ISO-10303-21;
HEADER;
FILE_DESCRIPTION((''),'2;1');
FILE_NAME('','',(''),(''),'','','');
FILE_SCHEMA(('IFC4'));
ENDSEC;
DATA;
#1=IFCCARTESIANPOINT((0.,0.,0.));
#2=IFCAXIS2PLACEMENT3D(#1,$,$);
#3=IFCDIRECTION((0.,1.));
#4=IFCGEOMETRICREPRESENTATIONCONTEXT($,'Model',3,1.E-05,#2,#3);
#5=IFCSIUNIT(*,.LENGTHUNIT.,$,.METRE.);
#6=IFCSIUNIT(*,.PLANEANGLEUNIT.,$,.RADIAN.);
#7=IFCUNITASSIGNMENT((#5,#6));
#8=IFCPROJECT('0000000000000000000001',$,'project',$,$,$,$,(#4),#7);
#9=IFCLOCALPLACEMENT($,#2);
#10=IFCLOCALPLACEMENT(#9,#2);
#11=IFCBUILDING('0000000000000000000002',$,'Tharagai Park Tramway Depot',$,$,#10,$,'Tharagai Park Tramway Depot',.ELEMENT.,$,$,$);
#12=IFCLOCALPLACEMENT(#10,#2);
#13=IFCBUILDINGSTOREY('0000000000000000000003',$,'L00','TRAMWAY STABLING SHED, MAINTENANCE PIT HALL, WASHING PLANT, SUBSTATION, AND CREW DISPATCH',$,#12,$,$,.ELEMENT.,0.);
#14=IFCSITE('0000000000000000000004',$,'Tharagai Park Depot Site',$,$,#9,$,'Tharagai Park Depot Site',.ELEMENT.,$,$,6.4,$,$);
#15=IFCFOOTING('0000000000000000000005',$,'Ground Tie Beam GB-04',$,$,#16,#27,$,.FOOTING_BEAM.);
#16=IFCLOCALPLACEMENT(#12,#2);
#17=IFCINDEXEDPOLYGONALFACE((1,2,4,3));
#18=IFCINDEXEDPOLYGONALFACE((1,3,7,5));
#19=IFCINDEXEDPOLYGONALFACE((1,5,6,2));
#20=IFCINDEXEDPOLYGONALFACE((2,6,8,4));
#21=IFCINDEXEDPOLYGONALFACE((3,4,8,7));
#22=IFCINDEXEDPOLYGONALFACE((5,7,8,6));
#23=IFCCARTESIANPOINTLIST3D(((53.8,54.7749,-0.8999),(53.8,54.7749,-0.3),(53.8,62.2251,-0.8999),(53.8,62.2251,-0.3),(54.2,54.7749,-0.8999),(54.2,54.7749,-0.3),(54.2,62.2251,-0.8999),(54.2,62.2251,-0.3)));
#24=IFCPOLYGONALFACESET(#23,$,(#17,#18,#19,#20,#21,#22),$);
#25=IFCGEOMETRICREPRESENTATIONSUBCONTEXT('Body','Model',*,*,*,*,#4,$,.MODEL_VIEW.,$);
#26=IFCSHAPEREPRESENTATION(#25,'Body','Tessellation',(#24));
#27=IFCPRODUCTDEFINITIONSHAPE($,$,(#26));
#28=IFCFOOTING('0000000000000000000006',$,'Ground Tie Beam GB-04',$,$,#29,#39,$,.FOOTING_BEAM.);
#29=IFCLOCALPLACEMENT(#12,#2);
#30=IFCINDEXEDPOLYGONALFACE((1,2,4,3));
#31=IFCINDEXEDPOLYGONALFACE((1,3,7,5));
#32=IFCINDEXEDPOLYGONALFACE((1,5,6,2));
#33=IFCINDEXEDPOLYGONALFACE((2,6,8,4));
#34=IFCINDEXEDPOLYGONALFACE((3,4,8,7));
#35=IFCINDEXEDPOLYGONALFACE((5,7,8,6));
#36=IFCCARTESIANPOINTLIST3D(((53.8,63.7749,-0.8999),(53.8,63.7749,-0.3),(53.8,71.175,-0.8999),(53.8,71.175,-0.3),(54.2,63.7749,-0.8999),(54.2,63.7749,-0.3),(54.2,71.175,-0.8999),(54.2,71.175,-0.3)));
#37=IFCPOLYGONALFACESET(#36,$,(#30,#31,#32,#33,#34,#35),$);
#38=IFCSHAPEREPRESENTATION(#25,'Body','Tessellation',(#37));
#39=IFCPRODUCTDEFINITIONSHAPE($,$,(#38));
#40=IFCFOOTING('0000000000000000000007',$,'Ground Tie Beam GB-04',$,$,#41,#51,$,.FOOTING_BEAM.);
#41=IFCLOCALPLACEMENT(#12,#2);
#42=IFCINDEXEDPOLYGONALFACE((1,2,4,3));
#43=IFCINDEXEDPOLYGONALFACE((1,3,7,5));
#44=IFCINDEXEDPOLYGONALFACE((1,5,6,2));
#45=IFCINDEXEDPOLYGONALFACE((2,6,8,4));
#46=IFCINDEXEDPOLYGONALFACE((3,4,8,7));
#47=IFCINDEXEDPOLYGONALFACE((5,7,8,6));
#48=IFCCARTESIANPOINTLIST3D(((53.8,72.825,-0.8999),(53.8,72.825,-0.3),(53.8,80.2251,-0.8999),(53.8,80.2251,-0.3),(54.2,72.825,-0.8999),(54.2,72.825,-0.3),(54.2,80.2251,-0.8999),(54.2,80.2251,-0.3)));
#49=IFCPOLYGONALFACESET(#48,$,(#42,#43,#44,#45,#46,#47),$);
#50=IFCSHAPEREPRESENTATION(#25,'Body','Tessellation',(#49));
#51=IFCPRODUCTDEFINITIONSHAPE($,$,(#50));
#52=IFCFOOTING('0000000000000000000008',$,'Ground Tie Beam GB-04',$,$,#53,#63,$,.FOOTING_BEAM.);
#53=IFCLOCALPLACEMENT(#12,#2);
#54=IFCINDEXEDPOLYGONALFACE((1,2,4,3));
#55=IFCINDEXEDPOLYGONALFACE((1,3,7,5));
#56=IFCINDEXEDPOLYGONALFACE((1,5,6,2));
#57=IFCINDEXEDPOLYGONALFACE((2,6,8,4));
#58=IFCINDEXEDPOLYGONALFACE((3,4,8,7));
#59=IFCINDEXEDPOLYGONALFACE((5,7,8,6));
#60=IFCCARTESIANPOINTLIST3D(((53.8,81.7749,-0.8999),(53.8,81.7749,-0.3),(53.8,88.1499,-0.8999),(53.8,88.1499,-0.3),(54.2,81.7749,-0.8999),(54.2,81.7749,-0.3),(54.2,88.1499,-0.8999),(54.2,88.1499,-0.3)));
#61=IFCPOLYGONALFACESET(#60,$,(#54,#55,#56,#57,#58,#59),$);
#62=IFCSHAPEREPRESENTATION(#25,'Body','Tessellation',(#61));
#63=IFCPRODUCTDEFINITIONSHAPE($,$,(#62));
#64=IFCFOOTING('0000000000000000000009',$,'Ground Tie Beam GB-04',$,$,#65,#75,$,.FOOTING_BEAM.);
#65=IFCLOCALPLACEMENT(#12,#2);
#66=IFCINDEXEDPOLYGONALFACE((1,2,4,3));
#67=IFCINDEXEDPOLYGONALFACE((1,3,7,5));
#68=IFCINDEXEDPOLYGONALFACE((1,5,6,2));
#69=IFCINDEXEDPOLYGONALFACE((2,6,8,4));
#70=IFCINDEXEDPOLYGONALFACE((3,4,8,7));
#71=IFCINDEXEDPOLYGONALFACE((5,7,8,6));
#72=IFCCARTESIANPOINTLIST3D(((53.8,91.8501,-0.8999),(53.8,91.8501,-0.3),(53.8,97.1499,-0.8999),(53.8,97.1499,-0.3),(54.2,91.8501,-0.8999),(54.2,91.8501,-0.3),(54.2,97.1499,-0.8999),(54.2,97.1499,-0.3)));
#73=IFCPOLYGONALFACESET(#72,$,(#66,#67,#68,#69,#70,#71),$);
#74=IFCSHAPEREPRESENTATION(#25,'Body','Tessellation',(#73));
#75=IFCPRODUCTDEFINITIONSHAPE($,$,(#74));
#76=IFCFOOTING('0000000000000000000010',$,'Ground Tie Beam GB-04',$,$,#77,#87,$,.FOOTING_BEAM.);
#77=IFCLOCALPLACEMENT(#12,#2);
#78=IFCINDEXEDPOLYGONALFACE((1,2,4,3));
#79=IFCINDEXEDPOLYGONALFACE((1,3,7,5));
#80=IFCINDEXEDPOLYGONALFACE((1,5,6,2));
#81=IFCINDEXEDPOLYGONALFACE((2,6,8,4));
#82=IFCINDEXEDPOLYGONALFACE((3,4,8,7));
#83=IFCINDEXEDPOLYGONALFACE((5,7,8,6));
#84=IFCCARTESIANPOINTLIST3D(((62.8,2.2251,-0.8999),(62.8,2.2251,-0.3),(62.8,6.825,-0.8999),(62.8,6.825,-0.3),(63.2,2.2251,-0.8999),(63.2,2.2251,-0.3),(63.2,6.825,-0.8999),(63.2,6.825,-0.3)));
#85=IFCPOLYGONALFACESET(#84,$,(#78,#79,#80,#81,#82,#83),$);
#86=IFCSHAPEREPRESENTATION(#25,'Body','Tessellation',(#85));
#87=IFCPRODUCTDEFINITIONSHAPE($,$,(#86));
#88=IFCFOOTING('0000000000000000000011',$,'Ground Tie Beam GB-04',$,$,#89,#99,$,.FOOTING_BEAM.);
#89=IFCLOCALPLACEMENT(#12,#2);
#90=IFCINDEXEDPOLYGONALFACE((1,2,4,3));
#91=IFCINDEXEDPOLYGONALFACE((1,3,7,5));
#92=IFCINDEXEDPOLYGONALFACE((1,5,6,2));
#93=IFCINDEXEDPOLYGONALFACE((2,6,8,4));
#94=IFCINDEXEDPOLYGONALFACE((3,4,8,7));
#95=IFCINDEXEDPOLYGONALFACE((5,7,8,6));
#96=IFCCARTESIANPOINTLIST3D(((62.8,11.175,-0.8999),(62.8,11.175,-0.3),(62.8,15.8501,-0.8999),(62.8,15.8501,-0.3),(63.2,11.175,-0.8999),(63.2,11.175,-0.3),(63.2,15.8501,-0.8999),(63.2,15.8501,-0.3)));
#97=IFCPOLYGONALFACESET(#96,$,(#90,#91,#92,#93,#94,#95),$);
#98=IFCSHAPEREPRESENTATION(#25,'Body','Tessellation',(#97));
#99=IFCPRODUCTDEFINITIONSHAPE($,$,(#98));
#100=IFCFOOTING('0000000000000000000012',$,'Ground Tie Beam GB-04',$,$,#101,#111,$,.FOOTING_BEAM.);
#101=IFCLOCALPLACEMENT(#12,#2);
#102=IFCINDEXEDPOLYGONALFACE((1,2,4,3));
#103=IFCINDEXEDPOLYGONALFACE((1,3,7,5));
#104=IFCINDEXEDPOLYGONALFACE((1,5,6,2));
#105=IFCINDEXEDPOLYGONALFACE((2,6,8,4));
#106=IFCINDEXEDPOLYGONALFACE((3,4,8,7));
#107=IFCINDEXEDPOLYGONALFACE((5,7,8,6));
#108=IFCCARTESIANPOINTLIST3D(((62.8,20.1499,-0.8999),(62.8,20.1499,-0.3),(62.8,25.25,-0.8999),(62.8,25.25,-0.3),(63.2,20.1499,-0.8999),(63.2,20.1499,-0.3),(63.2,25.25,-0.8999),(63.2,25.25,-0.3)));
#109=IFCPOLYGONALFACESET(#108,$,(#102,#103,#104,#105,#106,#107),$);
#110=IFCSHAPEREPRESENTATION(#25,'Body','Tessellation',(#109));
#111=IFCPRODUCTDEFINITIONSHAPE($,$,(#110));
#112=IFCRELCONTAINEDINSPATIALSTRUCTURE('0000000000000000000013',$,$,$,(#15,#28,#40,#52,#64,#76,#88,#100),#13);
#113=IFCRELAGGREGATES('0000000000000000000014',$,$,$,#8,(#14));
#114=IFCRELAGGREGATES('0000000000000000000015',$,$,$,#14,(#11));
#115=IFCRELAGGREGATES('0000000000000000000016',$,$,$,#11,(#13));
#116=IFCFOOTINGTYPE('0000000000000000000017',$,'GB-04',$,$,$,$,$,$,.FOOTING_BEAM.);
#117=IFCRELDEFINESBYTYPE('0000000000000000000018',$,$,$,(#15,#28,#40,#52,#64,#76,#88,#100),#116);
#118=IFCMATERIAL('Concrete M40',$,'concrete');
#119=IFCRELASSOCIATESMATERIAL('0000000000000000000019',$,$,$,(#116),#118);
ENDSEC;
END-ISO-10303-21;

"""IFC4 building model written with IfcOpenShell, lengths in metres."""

from ifc_helpers import new_model, si_unit, direction, frame, origin, place, context, subcontext, project, spatial, polyline, outline, extrude, material, type_object, element, save


model = new_model("IFC4")

# Units and contexts
model_context = context("Model", 3, precision=1e-05, world=origin(), true_north=direction((0.0, 1.0)))
body_context = subcontext(model_context, "Body", "Model", "MODEL_VIEW")
ifc_project = project(units=[si_unit("LENGTHUNIT", "METRE"), si_unit("PLANEANGLEUNIT", "RADIAN")], contexts=[model_context])

# Site, building, storey
site_placement = place(None, origin())
site = spatial("IfcSite", under=ifc_project, at=site_placement, Name="Tharagai Park Depot Site", LongName="Tharagai Park Depot Site", CompositionType="ELEMENT", RefElevation=6.4)
building_placement = place(site_placement, origin())
building = spatial("IfcBuilding", under=site, at=building_placement, Name="Tharagai Park Tramway Depot", LongName="Tharagai Park Tramway Depot", CompositionType="ELEMENT")
storey_placement = place(building_placement, origin())
storey = spatial("IfcBuildingStorey", under=building, at=storey_placement, Name="L00", Description="TRAMWAY STABLING SHED, MAINTENANCE PIT HALL, WASHING PLANT, SUBSTATION, AND CREW DISPATCH", CompositionType="ELEMENT", Elevation=0.0)

# Footings
ifc_material = material(Name="Concrete M40", Category="concrete")
footing_type = type_object("IfcFootingType", Name="GB-04", PredefinedType="FOOTING_BEAM", material=ifc_material)
footing_1_placement = place(storey_placement, frame((0.0, 0.0, -0.8999)))
element("IfcFooting", 1, at=footing_1_placement, inside=storey, type_object=footing_type, Name="Ground Tie Beam GB-04", PredefinedType="FOOTING_BEAM", context=body_context, shape_type="SweptSolid", body=[
    extrude(outline(polyline([(53.8, 54.7749), (54.2, 54.7749), (54.2, 62.2251), (53.8, 62.2251), (53.8, 54.7749)])), origin(), (0.0, 0.0, 1.0), 0.5999),
])
footing_2_placement = place(storey_placement, frame((0.0, 0.0, -0.8999)))
element("IfcFooting", 2, at=footing_2_placement, inside=storey, type_object=footing_type, Name="Ground Tie Beam GB-04", PredefinedType="FOOTING_BEAM", context=body_context, shape_type="SweptSolid", body=[
    extrude(outline(polyline([(53.8, 63.7749), (54.2, 63.7749), (54.2, 71.175), (53.8, 71.175), (53.8, 63.7749)])), origin(), (0.0, 0.0, 1.0), 0.5999),
])
footing_3_placement = place(storey_placement, frame((0.0, 0.0, -0.8999)))
element("IfcFooting", 3, at=footing_3_placement, inside=storey, type_object=footing_type, Name="Ground Tie Beam GB-04", PredefinedType="FOOTING_BEAM", context=body_context, shape_type="SweptSolid", body=[
    extrude(outline(polyline([(53.8, 72.825), (54.2, 72.825), (54.2, 80.2251), (53.8, 80.2251), (53.8, 72.825)])), origin(), (0.0, 0.0, 1.0), 0.5999),
])
footing_4_placement = place(storey_placement, frame((0.0, 0.0, -0.8999)))
element("IfcFooting", 4, at=footing_4_placement, inside=storey, type_object=footing_type, Name="Ground Tie Beam GB-04", PredefinedType="FOOTING_BEAM", context=body_context, shape_type="SweptSolid", body=[
    extrude(outline(polyline([(53.8, 81.7749), (54.2, 81.7749), (54.2, 88.1499), (53.8, 88.1499), (53.8, 81.7749)])), origin(), (0.0, 0.0, 1.0), 0.5999),
])
footing_5_placement = place(storey_placement, frame((0.0, 0.0, -0.8999)))
element("IfcFooting", 5, at=footing_5_placement, inside=storey, type_object=footing_type, Name="Ground Tie Beam GB-04", PredefinedType="FOOTING_BEAM", context=body_context, shape_type="SweptSolid", body=[
    extrude(outline(polyline([(53.8, 91.8501), (54.2, 91.8501), (54.2, 97.1499), (53.8, 97.1499), (53.8, 91.8501)])), origin(), (0.0, 0.0, 1.0), 0.5999),
])
footing_6_placement = place(storey_placement, frame((0.0, 0.0, -0.8999)))
element("IfcFooting", 6, at=footing_6_placement, inside=storey, type_object=footing_type, Name="Ground Tie Beam GB-04", PredefinedType="FOOTING_BEAM", context=body_context, shape_type="SweptSolid", body=[
    extrude(outline(polyline([(62.8, 2.2251), (63.2, 2.2251), (63.2, 6.825), (62.8, 6.825), (62.8, 2.2251)])), origin(), (0.0, 0.0, 1.0), 0.5999),
])
footing_7_placement = place(storey_placement, frame((0.0, 0.0, -0.8999)))
element("IfcFooting", 7, at=footing_7_placement, inside=storey, type_object=footing_type, Name="Ground Tie Beam GB-04", PredefinedType="FOOTING_BEAM", context=body_context, shape_type="SweptSolid", body=[
    extrude(outline(polyline([(62.8, 11.175), (63.2, 11.175), (63.2, 15.8501), (62.8, 15.8501), (62.8, 11.175)])), origin(), (0.0, 0.0, 1.0), 0.5999),
])
footing_8_placement = place(storey_placement, frame((0.0, 0.0, -0.8999)))
element("IfcFooting", 8, at=footing_8_placement, inside=storey, type_object=footing_type, Name="Ground Tie Beam GB-04", PredefinedType="FOOTING_BEAM", context=body_context, shape_type="SweptSolid", body=[
    extrude(outline(polyline([(62.8, 20.1499), (63.2, 20.1499), (63.2, 25.25), (62.8, 25.25), (62.8, 20.1499)])), origin(), (0.0, 0.0, 1.0), 0.5999),
])

save(model, "model.ifc")
